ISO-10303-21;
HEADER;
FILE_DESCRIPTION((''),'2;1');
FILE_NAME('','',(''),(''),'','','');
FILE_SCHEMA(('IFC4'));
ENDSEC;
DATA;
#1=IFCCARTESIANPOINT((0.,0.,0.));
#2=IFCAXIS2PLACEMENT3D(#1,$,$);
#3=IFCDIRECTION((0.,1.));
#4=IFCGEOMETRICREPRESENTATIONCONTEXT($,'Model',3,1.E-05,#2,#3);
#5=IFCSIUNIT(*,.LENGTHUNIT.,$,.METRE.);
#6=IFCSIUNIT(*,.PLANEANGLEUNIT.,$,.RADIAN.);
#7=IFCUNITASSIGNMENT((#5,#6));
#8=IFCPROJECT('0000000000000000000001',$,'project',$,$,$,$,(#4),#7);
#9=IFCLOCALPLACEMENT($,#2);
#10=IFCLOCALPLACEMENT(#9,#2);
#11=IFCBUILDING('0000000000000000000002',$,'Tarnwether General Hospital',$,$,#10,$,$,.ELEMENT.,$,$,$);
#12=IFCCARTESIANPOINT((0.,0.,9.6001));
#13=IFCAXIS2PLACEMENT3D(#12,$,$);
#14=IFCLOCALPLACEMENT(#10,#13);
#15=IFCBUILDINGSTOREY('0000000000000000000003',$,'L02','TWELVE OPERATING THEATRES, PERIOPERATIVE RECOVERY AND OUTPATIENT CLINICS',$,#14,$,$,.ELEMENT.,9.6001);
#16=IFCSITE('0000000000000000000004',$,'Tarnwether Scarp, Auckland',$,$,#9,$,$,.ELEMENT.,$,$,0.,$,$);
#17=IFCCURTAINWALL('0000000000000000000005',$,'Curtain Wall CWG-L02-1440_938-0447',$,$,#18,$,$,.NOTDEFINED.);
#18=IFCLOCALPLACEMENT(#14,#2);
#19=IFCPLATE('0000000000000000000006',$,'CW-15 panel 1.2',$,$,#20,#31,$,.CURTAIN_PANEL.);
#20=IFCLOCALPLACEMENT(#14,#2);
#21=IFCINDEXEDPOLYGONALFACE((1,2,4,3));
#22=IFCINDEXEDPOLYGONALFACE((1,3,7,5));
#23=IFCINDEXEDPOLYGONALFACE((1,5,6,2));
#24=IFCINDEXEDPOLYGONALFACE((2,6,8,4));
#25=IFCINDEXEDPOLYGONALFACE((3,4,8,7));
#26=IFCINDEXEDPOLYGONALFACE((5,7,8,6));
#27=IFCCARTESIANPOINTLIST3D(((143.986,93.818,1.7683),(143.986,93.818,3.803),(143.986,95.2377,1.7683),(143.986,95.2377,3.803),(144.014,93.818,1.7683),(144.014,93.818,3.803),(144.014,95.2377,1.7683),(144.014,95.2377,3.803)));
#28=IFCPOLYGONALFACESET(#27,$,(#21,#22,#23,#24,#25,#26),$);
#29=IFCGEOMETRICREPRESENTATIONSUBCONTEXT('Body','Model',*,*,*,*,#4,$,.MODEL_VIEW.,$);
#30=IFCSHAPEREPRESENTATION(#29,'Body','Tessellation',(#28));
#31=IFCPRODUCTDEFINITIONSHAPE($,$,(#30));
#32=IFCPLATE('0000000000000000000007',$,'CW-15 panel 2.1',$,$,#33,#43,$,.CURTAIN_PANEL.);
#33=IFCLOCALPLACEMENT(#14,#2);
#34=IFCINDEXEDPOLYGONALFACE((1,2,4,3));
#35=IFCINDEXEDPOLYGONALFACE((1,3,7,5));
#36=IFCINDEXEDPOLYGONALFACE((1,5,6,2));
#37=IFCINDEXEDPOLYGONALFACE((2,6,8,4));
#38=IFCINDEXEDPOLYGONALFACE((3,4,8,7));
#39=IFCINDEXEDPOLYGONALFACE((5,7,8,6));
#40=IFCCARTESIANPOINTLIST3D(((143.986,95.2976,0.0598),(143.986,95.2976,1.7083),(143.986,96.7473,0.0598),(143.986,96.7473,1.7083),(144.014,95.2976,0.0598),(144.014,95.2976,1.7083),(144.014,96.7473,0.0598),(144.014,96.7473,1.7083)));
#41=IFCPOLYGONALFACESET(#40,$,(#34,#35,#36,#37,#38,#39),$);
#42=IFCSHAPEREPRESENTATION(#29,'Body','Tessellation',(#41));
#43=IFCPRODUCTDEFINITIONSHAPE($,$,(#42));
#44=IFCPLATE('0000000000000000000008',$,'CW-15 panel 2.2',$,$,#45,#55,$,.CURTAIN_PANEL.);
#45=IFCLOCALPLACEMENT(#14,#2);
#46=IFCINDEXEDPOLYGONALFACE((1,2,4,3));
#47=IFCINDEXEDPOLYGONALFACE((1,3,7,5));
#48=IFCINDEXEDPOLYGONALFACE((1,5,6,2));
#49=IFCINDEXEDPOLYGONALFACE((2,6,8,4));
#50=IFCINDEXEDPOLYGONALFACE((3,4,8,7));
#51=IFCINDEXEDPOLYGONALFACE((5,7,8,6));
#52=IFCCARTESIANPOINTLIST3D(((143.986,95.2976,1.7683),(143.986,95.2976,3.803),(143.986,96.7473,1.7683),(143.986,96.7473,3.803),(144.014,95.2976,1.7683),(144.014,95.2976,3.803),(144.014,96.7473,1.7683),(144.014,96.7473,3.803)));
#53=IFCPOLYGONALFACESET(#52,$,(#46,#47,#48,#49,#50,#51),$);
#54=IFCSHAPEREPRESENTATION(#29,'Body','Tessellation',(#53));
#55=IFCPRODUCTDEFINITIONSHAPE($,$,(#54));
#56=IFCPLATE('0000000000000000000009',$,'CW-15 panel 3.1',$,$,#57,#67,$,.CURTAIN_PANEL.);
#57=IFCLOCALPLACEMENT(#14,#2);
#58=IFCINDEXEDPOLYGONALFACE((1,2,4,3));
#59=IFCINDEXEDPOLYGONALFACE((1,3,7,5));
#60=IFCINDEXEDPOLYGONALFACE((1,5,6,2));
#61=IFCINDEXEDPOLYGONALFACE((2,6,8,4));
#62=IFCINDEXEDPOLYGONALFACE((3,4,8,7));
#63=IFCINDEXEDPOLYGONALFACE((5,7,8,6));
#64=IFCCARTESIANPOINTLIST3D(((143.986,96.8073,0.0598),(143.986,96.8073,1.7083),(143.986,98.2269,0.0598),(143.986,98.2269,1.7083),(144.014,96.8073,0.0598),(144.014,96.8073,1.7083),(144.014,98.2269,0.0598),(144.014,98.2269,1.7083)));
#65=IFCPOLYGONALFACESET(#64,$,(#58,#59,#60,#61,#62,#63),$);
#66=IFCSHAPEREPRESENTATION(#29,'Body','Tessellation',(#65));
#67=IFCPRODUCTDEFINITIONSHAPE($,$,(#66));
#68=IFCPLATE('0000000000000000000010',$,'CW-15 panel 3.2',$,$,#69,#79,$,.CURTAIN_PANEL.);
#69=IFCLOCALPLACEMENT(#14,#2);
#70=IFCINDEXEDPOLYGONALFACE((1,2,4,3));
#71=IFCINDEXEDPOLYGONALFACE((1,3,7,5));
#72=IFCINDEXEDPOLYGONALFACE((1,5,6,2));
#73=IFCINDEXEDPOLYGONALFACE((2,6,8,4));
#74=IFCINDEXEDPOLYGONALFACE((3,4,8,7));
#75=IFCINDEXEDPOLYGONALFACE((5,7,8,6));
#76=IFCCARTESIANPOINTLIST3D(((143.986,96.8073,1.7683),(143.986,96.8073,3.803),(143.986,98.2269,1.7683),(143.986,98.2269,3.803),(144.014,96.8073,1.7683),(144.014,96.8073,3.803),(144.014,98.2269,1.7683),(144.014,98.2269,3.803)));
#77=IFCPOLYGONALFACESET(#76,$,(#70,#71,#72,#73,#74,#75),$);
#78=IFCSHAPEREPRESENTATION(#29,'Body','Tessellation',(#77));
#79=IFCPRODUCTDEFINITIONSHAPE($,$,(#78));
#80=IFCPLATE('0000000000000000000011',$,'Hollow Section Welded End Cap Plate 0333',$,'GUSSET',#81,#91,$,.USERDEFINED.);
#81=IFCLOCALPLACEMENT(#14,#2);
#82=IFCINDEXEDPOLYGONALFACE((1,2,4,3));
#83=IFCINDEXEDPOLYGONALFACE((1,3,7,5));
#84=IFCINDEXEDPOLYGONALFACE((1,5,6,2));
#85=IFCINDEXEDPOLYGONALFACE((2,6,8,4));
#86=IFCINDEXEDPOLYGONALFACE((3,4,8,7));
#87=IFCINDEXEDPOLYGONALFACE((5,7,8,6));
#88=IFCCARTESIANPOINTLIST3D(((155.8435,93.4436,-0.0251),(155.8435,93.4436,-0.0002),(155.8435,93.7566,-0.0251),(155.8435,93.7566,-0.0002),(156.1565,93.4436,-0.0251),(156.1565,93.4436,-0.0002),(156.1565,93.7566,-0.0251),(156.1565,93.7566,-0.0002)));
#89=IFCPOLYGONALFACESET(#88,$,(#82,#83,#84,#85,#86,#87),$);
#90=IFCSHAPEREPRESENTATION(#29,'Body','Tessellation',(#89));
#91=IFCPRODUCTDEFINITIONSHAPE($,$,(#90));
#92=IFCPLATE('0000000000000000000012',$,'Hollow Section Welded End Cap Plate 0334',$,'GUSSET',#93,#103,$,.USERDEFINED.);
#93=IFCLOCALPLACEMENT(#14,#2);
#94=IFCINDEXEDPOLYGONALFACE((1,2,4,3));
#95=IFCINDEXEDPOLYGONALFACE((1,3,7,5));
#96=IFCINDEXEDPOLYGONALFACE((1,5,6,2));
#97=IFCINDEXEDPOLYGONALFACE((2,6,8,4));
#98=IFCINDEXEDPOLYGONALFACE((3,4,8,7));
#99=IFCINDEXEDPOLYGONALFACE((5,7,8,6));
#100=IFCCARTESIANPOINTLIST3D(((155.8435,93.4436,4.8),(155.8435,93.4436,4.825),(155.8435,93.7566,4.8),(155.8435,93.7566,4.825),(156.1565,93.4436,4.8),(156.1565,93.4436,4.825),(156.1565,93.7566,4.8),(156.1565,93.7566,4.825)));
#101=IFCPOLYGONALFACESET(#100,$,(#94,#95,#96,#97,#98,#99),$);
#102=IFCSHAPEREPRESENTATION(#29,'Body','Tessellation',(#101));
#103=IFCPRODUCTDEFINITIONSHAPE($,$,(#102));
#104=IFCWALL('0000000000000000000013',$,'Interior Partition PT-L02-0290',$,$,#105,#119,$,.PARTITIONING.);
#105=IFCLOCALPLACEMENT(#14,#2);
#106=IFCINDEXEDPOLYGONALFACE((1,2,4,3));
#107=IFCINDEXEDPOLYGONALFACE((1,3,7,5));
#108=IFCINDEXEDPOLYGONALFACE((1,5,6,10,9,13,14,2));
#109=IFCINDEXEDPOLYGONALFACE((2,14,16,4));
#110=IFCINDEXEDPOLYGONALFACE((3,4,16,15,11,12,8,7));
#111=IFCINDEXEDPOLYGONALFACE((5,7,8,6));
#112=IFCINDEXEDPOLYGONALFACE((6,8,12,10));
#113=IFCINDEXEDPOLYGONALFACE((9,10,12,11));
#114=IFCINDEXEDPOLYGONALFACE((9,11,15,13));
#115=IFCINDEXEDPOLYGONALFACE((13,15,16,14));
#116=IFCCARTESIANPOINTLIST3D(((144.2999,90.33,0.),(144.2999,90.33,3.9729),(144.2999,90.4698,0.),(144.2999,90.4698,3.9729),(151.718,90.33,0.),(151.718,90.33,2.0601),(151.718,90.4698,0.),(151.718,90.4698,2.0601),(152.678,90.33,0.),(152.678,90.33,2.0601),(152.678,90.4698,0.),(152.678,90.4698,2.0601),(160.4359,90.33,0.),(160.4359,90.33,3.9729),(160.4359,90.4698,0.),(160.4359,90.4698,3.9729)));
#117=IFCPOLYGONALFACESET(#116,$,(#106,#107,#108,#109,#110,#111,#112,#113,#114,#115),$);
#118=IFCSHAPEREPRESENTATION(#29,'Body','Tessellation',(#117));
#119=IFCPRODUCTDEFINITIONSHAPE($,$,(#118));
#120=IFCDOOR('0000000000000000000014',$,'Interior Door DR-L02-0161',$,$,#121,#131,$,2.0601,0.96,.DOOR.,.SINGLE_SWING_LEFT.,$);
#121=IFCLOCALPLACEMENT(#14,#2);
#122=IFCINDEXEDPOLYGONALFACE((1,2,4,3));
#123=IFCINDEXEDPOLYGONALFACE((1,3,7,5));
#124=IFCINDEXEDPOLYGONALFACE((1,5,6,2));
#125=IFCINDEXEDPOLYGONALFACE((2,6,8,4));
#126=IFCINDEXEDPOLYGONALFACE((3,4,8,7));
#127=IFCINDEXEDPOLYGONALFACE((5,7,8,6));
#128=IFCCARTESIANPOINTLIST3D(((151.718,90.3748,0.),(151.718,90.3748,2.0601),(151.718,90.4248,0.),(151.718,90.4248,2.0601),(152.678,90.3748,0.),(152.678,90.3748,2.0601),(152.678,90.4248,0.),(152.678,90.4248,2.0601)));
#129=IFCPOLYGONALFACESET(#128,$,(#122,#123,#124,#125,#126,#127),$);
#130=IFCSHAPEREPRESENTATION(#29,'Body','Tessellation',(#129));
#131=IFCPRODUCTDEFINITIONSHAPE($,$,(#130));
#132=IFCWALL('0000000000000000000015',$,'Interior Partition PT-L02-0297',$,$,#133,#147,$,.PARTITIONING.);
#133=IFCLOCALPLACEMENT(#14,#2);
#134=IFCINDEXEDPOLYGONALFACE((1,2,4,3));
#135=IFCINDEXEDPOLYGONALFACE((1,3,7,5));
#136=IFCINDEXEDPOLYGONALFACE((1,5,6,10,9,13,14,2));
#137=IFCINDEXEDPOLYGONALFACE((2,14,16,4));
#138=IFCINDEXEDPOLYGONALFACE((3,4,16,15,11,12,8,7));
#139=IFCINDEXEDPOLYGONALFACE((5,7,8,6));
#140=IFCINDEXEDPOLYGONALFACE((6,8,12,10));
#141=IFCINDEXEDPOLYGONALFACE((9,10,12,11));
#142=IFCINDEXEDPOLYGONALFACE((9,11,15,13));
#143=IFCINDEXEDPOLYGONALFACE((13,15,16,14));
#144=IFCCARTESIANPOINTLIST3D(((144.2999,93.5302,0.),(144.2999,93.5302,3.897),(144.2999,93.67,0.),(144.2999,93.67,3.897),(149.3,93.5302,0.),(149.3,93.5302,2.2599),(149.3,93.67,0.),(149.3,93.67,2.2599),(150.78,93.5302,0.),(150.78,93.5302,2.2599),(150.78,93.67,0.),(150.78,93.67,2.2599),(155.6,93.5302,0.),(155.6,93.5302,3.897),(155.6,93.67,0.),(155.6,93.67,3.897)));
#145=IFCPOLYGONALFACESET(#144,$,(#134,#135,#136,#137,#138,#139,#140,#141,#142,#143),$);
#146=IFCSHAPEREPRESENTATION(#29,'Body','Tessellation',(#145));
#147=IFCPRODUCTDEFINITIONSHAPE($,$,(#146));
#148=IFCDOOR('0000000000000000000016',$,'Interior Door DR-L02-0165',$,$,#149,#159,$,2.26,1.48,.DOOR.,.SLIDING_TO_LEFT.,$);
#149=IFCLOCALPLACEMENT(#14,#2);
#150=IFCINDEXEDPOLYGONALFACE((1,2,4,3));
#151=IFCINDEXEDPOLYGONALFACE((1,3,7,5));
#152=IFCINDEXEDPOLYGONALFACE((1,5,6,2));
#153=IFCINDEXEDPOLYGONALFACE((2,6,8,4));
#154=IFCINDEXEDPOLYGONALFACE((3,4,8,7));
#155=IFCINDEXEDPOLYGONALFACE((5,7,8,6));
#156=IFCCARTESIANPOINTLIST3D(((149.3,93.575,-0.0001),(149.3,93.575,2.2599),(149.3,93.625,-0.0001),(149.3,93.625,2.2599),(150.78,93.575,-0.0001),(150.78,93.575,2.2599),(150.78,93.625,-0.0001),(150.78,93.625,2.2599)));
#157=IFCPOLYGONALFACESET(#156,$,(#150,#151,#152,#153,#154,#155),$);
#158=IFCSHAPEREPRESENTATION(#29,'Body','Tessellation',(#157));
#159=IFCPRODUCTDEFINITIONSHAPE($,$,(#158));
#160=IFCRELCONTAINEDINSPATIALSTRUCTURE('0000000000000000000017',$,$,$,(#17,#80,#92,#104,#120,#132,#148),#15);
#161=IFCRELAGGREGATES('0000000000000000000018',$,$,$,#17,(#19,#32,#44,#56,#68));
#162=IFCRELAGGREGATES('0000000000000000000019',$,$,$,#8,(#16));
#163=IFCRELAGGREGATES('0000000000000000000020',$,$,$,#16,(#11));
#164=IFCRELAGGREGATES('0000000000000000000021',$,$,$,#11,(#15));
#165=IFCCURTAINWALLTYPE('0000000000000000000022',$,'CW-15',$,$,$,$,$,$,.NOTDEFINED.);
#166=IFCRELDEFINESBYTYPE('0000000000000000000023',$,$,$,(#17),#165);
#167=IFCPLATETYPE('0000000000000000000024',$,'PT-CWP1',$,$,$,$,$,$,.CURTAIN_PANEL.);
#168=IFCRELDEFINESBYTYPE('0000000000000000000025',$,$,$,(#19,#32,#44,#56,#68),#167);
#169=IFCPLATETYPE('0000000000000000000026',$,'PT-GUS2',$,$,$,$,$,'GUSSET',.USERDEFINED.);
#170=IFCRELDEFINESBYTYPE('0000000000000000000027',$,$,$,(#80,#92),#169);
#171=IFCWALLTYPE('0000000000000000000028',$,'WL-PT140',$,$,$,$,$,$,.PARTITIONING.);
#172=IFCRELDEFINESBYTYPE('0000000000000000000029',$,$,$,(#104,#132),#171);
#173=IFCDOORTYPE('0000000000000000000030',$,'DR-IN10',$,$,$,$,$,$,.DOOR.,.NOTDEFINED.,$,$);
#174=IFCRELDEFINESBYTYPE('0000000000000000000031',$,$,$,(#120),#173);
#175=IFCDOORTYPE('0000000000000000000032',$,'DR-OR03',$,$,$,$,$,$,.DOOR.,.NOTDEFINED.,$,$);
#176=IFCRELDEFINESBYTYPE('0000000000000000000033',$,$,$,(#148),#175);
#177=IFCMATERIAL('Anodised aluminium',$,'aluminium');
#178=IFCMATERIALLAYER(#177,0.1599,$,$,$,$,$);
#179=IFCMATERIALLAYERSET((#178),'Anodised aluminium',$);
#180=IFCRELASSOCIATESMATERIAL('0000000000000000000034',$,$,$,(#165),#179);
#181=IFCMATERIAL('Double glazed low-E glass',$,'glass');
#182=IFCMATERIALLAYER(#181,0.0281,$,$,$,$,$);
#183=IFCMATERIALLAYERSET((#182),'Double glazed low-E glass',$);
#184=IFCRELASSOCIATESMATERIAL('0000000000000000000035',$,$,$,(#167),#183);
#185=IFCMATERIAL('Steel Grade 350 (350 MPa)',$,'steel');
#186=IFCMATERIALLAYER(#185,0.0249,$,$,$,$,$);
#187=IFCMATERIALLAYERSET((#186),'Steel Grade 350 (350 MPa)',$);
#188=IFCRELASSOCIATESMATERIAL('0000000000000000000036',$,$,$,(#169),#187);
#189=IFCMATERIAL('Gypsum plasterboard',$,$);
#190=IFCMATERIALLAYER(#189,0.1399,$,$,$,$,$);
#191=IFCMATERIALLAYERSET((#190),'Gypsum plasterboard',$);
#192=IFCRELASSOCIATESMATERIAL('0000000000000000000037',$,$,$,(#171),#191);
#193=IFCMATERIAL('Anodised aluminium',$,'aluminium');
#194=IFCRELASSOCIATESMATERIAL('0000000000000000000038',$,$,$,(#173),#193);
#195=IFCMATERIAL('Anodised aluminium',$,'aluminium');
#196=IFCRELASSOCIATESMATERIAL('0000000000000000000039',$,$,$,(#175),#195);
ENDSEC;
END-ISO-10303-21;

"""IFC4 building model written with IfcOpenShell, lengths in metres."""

from ifc_helpers import new_model, si_unit, direction, frame, frame_2d, origin, origin_2d, place, context, subcontext, project, spatial, rectangle, extrude, material, layer, layer_set, type_object, element, fill, aggregate, save


model = new_model("IFC4")

# Units and contexts
model_context = context("Model", 3, precision=1e-05, world=origin(), true_north=direction((0.0, 1.0)))
body_context = subcontext(model_context, "Body", "Model", "MODEL_VIEW")
ifc_project = project(units=[si_unit("LENGTHUNIT", "METRE"), si_unit("PLANEANGLEUNIT", "RADIAN")], contexts=[model_context])

# Site, building, storey
site_placement = place(None, origin())
site = spatial("IfcSite", under=ifc_project, at=site_placement, Name="Tarnwether Scarp, Auckland", CompositionType="ELEMENT", RefElevation=0.0)
building_placement = place(site_placement, origin())
building = spatial("IfcBuilding", under=site, at=building_placement, Name="Tarnwether General Hospital", CompositionType="ELEMENT")
storey_placement = place(building_placement, frame((0.0, 0.0, 9.6001)))
storey = spatial("IfcBuildingStorey", under=building, at=storey_placement, Name="L02", Description="TWELVE OPERATING THEATRES, PERIOPERATIVE RECOVERY AND OUTPATIENT CLINICS", CompositionType="ELEMENT", Elevation=9.6001)

# Curtain wall, plates
ifc_material_1 = material(Name="Anodised aluminium", Category="aluminium")
ifc_layer_1 = layer(ifc_material_1, 0.1599)
ifc_layer_set_1 = layer_set([ifc_layer_1], Name="Anodised aluminium")
curtain_wall_type = type_object("IfcCurtainWallType", Name="CW-15", PredefinedType="NOTDEFINED", material=ifc_layer_set_1)
curtain_wall_placement = place(storey_placement, origin())
curtain_wall = element("IfcCurtainWall", 1, at=curtain_wall_placement, inside=storey, type_object=curtain_wall_type, Name="Curtain Wall CWG-L02-1440_938-0447", PredefinedType="NOTDEFINED")
ifc_material_2 = material(Name="Double glazed low-E glass", Category="glass")
ifc_layer_2 = layer(ifc_material_2, 0.0281)
ifc_layer_set_2 = layer_set([ifc_layer_2], Name="Double glazed low-E glass")
plate_type_1 = type_object("IfcPlateType", Name="PT-CWP1", PredefinedType="CURTAIN_PANEL", material=ifc_layer_set_2)
plate_1_placement = place(storey_placement, frame((144.0, 94.5278, 1.7683), z_axis=(0.0, 0.0, 1.0), x_axis=(0.0, 1.0, 0.0)))
plate_1 = element("IfcPlate", 2, at=plate_1_placement, type_object=plate_type_1, Name="CW-15 panel 1.2", PredefinedType="CURTAIN_PANEL", context=body_context, shape_type="SweptSolid", body=[
    extrude(rectangle(XDim=1.4197, YDim=0.0281, at=origin_2d()), origin(), (0.0, 0.0, 1.0), 2.0347),
])
plate_2_placement = place(storey_placement, frame((144.0, 96.0225, 0.0598), z_axis=(0.0, 0.0, 1.0), x_axis=(0.0, 1.0, 0.0)))
plate_2 = element("IfcPlate", 3, at=plate_2_placement, type_object=plate_type_1, Name="CW-15 panel 2.1", PredefinedType="CURTAIN_PANEL", context=body_context, shape_type="SweptSolid", body=[
    extrude(rectangle(XDim=1.4497, YDim=0.0281, at=origin_2d()), origin(), (0.0, 0.0, 1.0), 1.6484),
])
plate_3_placement = place(storey_placement, frame((144.0, 96.0225, 1.7683), z_axis=(0.0, 0.0, 1.0), x_axis=(0.0, 1.0, 0.0)))
plate_3 = element("IfcPlate", 4, at=plate_3_placement, type_object=plate_type_1, Name="CW-15 panel 2.2", PredefinedType="CURTAIN_PANEL", context=body_context, shape_type="SweptSolid", body=[
    extrude(rectangle(XDim=1.4497, YDim=0.0281, at=origin_2d()), origin(), (0.0, 0.0, 1.0), 2.0347),
])
plate_4_placement = place(storey_placement, frame((144.0, 97.5171, 0.0598), z_axis=(0.0, 0.0, 1.0), x_axis=(0.0, 1.0, 0.0)))
plate_4 = element("IfcPlate", 5, at=plate_4_placement, type_object=plate_type_1, Name="CW-15 panel 3.1", PredefinedType="CURTAIN_PANEL", context=body_context, shape_type="SweptSolid", body=[
    extrude(rectangle(XDim=1.4197, YDim=0.0281, at=origin_2d()), origin(), (0.0, 0.0, 1.0), 1.6484),
])
plate_5_placement = place(storey_placement, frame((144.0, 97.5171, 1.7683), z_axis=(0.0, 0.0, 1.0), x_axis=(0.0, 1.0, 0.0)))
plate_5 = element("IfcPlate", 6, at=plate_5_placement, type_object=plate_type_1, Name="CW-15 panel 3.2", PredefinedType="CURTAIN_PANEL", context=body_context, shape_type="SweptSolid", body=[
    extrude(rectangle(XDim=1.4197, YDim=0.0281, at=origin_2d()), origin(), (0.0, 0.0, 1.0), 2.0347),
])
aggregate(curtain_wall, [plate_1, plate_2, plate_3, plate_4, plate_5])

# Plates
ifc_material_3 = material(Name="Steel Grade 350 (350 MPa)", Category="steel")
ifc_layer_3 = layer(ifc_material_3, 0.0249)
ifc_layer_set_3 = layer_set([ifc_layer_3], Name="Steel Grade 350 (350 MPa)")
plate_type_2 = type_object("IfcPlateType", Name="PT-GUS2", ElementType="GUSSET", PredefinedType="USERDEFINED", material=ifc_layer_set_3)
for number, where, z_axis, x_axis, name in (
    (7, (156.0, 93.6001, -0.0251), (0.0, 0.0, 1.0), (1.0, 0.0, 0.0), "Hollow Section Welded End Cap Plate 0333"),
    (8, (156.0, 93.6001, 4.8), (0.0, 0.0, 1.0), (1.0, 0.0, 0.0), "Hollow Section Welded End Cap Plate 0334"),
):
    element("IfcPlate", number, at=place(storey_placement, frame(where, z_axis=z_axis, x_axis=x_axis)), inside=storey, type_object=plate_type_2, Name=name, ObjectType="GUSSET", PredefinedType="USERDEFINED", context=body_context, shape_type="SweptSolid", body=[
        extrude(rectangle(XDim=0.313, YDim=0.313, at=origin_2d()), origin(), (0.0, 0.0, 1.0), 0.0249),
    ])

# Walls, openings, doors
ifc_material_4 = material(Name="Gypsum plasterboard")
ifc_layer_4 = layer(ifc_material_4, 0.1399)
ifc_layer_set_4 = layer_set([ifc_layer_4], Name="Gypsum plasterboard")
wall_type_1 = type_object("IfcWallType", Name="WL-PT140", PredefinedType="PARTITIONING", material=ifc_layer_set_4)
wall_1_placement = place(storey_placement, frame((144.3, 90.3999, 0.0), z_axis=(0.0, 0.0, 1.0), x_axis=(1.0, 0.0, 0.0)))
wall_1 = element("IfcWall", 9, at=wall_1_placement, inside=storey, type_object=wall_type_1, Name="Interior Partition PT-L02-0290", PredefinedType="PARTITIONING", context=body_context, shape_type="SweptSolid", body=[
    extrude(rectangle(XDim=16.136, YDim=0.1399, at=frame_2d((8.0679, 0.0))), origin(), (0.0, 0.0, 1.0), 3.9729),
])
opening_1_placement = place(wall_1_placement, frame((7.418, 0.0, 0.0)))
opening_1 = element("IfcOpeningElement", 10, at=opening_1_placement, cuts=wall_1, PredefinedType="OPENING", context=body_context, shape_type="SweptSolid", body=[
    extrude(rectangle(XDim=0.96, YDim=2.0601, at=frame_2d((0.48, 1.03))), frame((0.0, 0.0801, 0.0), z_axis=(0.0, -1.0, 0.0), x_axis=(1.0, 0.0, 0.0)), (0.0, 0.0, 1.0), 0.1599),
])
ifc_material_5 = material(Name="Anodised aluminium", Category="aluminium")
door_type_1 = type_object("IfcDoorType", Name="DR-IN10", OperationType="NOTDEFINED", PredefinedType="DOOR", material=ifc_material_5)
door_1_placement = place(opening_1_placement, origin())
door_1 = element("IfcDoor", 11, at=door_1_placement, inside=storey, type_object=door_type_1, Name="Interior Door DR-L02-0161", OperationType="SINGLE_SWING_LEFT", OverallHeight=2.0601, OverallWidth=0.96, PredefinedType="DOOR", context=body_context, shape_type="SweptSolid", body=[
    extrude(rectangle(XDim=0.96, YDim=2.0601, at=frame_2d((0.48, 1.03))), frame((0.0, 0.0249, 0.0), z_axis=(0.0, -1.0, 0.0), x_axis=(1.0, 0.0, 0.0)), (0.0, 0.0, 1.0), 0.05),
])
fill(opening_1, door_1)
wall_2_placement = place(storey_placement, frame((144.3, 93.6001, 0.0), z_axis=(0.0, 0.0, 1.0), x_axis=(1.0, 0.0, 0.0)))
wall_2 = element("IfcWall", 12, at=wall_2_placement, inside=storey, type_object=wall_type_1, Name="Interior Partition PT-L02-0297", PredefinedType="PARTITIONING", context=body_context, shape_type="SweptSolid", body=[
    extrude(rectangle(XDim=11.3, YDim=0.1399, at=frame_2d((5.6499, 0.0))), origin(), (0.0, 0.0, 1.0), 3.897),
])
opening_2_placement = place(wall_2_placement, frame((5.0, 0.0, 0.0)))
opening_2 = element("IfcOpeningElement", 13, at=opening_2_placement, cuts=wall_2, PredefinedType="OPENING", context=body_context, shape_type="SweptSolid", body=[
    extrude(rectangle(XDim=1.48, YDim=2.26, at=frame_2d((0.74, 1.1299))), frame((0.0, 0.0801, 0.0), z_axis=(0.0, -1.0, 0.0), x_axis=(1.0, 0.0, 0.0)), (0.0, 0.0, 1.0), 0.1599),
])
ifc_material_6 = material(Name="Anodised aluminium", Category="aluminium")
door_type_2 = type_object("IfcDoorType", Name="DR-OR03", OperationType="NOTDEFINED", PredefinedType="DOOR", material=ifc_material_6)
door_2_placement = place(opening_2_placement, origin())
door_2 = element("IfcDoor", 14, at=door_2_placement, inside=storey, type_object=door_type_2, Name="Interior Door DR-L02-0165", OperationType="SLIDING_TO_LEFT", OverallHeight=2.26, OverallWidth=1.48, PredefinedType="DOOR", context=body_context, shape_type="SweptSolid", body=[
    extrude(rectangle(XDim=1.48, YDim=2.26, at=frame_2d((0.74, 1.1299))), frame((0.0, 0.0249, 0.0), z_axis=(0.0, -1.0, 0.0), x_axis=(1.0, 0.0, 0.0)), (0.0, 0.0, 1.0), 0.05),
])
fill(opening_2, door_2)

save(model, "model.ifc")
